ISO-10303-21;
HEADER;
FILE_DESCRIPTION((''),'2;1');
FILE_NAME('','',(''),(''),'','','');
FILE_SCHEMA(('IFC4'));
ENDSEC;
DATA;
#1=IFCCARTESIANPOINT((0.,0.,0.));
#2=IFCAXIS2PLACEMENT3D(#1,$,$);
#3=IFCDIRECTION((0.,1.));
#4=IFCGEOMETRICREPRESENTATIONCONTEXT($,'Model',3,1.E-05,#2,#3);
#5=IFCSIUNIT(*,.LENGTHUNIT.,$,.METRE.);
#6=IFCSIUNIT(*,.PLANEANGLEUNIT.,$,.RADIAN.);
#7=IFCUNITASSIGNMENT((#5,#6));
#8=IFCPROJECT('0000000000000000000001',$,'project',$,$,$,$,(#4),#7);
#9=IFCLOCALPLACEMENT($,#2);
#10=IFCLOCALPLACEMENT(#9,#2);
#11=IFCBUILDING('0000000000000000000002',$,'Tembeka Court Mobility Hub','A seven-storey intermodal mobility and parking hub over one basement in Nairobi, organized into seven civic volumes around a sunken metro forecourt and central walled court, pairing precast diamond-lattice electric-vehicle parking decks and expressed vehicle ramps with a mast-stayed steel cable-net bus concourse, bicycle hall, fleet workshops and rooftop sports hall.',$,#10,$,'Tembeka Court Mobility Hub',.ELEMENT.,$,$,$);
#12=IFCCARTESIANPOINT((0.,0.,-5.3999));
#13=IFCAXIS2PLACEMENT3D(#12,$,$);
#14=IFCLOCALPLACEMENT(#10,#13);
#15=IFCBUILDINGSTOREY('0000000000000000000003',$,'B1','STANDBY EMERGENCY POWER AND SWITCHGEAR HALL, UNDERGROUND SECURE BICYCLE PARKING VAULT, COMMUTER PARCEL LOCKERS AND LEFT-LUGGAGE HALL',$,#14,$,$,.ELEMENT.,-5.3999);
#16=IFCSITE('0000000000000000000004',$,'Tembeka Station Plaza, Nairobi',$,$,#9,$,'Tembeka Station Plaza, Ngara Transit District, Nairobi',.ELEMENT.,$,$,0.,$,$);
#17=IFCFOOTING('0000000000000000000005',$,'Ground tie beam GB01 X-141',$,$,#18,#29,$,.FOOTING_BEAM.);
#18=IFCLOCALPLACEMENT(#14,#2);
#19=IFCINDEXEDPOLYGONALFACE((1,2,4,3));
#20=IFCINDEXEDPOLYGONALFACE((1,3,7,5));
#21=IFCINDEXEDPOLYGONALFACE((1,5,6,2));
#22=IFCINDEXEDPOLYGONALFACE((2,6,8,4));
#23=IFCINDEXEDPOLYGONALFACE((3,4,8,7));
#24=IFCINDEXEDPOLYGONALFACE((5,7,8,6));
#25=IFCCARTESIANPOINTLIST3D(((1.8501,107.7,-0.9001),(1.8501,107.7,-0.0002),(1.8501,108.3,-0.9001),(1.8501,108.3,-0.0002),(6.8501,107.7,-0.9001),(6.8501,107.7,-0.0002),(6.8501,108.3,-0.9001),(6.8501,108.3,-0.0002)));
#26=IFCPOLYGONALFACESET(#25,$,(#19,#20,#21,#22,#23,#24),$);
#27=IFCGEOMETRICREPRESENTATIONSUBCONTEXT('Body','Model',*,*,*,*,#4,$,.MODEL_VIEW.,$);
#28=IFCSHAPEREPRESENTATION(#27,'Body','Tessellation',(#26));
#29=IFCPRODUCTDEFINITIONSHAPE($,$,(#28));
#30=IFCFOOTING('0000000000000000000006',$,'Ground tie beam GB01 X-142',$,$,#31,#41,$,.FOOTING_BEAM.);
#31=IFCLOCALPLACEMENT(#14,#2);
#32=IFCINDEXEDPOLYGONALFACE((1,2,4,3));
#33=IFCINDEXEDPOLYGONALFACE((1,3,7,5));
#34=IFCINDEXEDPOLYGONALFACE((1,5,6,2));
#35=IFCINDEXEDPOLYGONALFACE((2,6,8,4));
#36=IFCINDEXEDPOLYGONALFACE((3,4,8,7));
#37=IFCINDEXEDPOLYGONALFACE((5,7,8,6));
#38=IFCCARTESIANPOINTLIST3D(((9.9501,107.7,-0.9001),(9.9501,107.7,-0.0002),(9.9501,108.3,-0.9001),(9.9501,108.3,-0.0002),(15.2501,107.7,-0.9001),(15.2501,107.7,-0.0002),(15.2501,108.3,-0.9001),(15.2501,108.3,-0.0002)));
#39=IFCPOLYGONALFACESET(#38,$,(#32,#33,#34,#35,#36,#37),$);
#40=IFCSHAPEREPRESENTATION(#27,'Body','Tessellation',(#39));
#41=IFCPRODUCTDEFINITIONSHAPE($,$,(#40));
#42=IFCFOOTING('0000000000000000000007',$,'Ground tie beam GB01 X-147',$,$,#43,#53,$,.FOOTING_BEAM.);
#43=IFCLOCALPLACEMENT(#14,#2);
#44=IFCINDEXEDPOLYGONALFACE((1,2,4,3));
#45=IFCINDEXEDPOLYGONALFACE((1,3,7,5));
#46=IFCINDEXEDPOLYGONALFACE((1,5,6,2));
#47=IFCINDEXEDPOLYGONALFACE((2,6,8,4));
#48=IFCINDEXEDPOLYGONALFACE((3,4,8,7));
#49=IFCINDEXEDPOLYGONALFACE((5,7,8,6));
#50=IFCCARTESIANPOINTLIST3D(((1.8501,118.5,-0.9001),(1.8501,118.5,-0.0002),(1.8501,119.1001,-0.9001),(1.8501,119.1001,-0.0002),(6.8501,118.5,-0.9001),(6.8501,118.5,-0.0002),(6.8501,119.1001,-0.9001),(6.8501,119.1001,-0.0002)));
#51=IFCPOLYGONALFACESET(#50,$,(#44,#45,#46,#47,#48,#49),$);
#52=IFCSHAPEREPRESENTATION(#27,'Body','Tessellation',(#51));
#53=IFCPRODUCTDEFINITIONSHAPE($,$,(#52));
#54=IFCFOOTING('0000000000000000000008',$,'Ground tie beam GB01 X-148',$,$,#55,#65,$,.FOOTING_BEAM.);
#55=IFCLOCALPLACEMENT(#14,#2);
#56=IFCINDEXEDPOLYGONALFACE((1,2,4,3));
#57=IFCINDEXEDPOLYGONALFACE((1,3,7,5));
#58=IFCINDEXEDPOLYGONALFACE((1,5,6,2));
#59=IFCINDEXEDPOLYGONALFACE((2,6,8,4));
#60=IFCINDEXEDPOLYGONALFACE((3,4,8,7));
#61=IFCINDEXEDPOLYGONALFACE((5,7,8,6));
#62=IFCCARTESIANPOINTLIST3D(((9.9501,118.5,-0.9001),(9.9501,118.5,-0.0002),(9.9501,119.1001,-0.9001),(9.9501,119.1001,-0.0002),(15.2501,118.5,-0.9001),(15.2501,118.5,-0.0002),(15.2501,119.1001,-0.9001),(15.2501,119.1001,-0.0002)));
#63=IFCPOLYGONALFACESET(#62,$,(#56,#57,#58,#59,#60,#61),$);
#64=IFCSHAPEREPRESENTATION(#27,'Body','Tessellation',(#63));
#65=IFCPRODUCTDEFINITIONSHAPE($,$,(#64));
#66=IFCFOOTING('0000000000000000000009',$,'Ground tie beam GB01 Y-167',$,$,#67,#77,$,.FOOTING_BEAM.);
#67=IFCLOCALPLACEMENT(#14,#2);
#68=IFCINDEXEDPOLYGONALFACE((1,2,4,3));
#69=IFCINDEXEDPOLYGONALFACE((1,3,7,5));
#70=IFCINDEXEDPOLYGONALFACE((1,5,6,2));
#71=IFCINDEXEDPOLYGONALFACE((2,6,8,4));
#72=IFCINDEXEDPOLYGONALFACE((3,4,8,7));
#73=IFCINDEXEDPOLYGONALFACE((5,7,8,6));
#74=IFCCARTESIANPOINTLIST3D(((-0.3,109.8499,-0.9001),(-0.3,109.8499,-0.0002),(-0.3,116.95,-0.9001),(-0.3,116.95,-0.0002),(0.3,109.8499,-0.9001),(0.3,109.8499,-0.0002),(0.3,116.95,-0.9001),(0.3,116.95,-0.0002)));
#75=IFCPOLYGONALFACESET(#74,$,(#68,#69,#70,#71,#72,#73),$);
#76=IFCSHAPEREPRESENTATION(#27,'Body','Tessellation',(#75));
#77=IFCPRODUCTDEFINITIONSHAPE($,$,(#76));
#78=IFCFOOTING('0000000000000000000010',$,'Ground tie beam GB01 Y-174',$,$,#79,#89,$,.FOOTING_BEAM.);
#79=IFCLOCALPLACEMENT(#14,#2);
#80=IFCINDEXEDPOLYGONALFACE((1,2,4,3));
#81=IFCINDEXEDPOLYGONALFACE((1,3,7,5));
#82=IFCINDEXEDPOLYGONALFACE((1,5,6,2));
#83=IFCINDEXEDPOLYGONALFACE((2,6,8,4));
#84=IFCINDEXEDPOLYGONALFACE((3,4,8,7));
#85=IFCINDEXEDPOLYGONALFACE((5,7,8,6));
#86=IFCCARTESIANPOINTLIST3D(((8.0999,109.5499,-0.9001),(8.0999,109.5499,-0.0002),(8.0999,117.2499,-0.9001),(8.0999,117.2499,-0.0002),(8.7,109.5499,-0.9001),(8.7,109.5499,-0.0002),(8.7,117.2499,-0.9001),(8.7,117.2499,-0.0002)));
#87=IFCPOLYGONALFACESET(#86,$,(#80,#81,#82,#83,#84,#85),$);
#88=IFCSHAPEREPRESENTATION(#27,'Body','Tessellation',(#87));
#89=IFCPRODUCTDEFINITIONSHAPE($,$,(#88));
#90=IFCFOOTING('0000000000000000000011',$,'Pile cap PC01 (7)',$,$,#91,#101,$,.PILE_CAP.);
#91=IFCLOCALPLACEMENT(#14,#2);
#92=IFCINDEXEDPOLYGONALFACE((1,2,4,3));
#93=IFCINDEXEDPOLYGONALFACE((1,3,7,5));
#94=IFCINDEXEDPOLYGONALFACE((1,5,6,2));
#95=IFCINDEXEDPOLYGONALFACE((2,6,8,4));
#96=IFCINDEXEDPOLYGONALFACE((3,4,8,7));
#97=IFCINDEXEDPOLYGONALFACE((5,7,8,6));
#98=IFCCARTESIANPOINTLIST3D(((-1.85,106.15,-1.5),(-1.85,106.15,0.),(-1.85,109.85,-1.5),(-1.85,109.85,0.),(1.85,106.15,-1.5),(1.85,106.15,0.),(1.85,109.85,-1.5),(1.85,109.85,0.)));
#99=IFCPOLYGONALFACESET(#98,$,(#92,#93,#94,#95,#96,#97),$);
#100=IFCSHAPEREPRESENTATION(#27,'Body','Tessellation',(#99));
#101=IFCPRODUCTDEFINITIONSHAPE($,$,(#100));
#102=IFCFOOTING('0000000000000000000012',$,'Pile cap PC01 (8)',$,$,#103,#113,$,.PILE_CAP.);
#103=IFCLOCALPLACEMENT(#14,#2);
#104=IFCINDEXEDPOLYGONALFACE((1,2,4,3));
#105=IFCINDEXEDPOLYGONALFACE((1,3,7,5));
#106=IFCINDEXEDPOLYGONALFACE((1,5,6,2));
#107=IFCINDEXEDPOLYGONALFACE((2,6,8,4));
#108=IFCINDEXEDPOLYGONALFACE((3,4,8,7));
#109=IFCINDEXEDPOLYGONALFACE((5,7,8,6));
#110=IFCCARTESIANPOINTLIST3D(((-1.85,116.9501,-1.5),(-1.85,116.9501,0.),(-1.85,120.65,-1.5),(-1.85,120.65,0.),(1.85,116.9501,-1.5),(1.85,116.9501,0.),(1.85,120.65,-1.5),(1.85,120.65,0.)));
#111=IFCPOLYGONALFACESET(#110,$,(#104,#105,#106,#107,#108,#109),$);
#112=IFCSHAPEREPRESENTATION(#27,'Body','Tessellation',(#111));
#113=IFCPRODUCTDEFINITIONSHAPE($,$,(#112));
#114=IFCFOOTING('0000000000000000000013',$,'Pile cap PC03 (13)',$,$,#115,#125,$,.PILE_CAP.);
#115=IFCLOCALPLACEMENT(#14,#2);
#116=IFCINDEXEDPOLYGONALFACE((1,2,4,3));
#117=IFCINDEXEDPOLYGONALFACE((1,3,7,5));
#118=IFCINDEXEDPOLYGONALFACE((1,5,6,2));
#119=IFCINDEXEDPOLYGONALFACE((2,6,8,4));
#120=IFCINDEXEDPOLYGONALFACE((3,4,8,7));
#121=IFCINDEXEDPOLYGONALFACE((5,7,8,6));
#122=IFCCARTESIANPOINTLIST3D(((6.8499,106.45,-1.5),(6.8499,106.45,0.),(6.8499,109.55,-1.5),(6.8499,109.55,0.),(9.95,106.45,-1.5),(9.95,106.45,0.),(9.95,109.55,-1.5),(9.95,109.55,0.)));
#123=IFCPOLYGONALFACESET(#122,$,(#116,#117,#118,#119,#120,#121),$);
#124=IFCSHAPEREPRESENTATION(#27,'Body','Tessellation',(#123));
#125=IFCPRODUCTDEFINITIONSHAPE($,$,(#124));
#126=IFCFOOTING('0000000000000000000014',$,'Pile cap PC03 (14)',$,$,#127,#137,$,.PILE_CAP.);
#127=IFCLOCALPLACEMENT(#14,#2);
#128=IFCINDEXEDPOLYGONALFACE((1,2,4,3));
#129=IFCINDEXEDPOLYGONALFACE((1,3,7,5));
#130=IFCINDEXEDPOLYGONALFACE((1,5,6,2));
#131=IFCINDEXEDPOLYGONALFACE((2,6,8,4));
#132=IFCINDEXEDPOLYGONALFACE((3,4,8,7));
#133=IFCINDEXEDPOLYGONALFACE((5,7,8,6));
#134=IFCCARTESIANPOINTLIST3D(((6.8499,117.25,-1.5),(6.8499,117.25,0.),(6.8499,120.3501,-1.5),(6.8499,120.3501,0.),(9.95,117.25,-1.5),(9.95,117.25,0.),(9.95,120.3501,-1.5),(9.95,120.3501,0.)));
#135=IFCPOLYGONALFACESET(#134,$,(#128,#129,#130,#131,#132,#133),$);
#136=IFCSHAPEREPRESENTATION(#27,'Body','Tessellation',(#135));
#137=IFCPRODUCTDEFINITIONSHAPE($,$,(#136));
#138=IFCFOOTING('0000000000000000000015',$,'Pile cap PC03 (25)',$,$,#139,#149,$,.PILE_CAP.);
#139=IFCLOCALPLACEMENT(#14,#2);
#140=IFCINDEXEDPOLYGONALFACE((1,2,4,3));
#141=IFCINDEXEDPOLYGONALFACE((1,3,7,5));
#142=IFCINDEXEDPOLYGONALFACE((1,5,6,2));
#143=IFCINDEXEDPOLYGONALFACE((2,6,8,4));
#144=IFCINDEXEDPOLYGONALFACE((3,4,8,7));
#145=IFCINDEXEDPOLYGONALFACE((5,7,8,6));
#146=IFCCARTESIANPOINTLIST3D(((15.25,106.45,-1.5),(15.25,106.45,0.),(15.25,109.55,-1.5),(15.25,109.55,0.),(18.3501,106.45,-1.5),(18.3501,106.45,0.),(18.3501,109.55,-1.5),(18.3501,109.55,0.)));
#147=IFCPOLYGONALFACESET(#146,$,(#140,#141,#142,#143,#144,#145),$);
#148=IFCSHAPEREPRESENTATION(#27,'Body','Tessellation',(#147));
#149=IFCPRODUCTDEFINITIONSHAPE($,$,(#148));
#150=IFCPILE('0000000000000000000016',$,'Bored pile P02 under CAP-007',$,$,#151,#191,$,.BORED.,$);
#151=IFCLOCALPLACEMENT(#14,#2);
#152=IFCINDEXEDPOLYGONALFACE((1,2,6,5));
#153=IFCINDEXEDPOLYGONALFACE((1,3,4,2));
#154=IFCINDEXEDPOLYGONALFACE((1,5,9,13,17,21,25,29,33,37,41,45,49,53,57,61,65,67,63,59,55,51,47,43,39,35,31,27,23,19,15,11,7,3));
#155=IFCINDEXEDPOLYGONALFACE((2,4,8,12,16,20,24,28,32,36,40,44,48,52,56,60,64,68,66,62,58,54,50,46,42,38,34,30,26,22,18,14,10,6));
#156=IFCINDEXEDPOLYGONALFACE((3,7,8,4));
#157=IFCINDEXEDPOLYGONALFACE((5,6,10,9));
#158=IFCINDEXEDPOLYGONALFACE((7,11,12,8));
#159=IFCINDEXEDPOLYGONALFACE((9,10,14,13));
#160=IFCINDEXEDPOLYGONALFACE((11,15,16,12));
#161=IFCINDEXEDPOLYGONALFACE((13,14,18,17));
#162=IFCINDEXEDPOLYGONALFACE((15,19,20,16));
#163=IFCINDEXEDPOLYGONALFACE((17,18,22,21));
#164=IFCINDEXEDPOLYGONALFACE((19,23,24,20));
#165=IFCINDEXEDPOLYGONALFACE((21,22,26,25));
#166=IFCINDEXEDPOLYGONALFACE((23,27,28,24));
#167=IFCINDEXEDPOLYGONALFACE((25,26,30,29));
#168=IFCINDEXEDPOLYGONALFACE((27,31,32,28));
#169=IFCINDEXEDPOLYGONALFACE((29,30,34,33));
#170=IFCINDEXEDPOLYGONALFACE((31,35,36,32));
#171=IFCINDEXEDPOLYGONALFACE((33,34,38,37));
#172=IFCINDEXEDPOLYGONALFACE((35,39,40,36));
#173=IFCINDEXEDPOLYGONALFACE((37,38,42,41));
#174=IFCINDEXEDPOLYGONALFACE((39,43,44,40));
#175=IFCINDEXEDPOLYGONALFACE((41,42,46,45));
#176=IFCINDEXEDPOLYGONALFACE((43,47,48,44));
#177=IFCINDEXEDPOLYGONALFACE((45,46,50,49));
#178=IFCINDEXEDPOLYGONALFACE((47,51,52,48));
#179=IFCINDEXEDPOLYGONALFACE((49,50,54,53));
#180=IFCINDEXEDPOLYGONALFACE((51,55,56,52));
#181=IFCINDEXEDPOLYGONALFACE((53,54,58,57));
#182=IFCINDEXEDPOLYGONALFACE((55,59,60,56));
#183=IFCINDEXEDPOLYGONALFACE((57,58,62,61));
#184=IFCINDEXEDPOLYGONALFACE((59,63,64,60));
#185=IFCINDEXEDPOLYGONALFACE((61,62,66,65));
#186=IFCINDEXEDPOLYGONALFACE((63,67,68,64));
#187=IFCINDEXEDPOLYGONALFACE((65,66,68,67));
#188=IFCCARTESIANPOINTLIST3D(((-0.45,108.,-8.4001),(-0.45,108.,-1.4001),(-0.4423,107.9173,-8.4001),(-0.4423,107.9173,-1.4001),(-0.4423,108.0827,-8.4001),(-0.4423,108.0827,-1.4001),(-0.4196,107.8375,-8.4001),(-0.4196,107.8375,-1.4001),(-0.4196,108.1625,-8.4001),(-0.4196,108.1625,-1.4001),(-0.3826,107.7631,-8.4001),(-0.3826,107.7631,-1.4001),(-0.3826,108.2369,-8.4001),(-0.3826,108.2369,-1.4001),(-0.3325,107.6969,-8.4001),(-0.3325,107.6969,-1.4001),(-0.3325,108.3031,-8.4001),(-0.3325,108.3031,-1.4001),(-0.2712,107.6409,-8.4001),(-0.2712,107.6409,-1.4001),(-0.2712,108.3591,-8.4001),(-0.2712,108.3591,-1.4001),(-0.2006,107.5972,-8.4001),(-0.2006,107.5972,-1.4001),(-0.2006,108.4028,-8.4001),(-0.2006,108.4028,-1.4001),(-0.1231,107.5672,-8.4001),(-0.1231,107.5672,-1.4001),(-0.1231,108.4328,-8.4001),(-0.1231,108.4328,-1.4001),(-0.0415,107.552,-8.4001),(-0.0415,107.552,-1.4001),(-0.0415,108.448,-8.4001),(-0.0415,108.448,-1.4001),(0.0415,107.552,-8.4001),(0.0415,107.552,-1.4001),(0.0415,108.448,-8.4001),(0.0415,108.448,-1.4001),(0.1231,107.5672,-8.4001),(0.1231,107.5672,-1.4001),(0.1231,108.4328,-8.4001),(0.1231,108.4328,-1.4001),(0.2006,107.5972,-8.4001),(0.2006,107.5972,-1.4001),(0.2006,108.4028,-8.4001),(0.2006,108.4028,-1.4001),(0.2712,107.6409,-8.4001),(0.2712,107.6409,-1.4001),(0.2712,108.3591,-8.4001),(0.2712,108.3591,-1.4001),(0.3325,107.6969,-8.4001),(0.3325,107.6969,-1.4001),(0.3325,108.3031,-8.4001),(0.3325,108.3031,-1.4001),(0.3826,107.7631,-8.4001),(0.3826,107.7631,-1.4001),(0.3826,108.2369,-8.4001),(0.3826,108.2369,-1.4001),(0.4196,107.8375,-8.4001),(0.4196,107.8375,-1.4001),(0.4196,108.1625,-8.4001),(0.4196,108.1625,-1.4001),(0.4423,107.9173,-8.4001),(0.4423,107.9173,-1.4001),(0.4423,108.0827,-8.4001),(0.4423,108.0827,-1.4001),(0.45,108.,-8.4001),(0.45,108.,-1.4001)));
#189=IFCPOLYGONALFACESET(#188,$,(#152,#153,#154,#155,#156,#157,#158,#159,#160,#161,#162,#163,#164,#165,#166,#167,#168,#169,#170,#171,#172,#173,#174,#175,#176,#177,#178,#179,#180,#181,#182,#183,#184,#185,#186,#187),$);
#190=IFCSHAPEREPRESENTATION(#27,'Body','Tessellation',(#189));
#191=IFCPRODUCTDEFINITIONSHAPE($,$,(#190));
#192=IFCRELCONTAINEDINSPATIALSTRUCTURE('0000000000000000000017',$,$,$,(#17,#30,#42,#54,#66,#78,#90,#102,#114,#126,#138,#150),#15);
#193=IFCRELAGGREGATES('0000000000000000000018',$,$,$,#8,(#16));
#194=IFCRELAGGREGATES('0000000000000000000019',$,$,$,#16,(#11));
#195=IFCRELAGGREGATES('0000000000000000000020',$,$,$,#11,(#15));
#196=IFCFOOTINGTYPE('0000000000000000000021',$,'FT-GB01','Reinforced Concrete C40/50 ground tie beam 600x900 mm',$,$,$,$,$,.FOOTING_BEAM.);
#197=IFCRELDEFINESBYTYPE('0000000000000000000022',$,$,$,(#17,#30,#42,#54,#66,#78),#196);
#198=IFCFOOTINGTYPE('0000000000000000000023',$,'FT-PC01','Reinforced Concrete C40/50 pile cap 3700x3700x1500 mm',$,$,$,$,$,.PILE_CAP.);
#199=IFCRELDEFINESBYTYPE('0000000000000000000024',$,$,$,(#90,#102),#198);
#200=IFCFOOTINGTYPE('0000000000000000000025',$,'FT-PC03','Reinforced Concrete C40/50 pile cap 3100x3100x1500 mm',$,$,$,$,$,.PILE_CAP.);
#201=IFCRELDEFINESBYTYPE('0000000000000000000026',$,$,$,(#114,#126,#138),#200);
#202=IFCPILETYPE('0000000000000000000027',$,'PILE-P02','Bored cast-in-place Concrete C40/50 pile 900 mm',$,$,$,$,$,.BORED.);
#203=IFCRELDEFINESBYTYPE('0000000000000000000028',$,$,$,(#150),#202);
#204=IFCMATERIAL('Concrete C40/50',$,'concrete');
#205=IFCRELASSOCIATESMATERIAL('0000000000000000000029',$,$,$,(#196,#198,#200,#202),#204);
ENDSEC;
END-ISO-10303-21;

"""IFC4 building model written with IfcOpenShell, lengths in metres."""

from ifc_helpers import new_model, si_unit, direction, frame, origin, origin_2d, place, context, subcontext, project, spatial, rectangle, circle, extrude, material, material_profile, profile_set, type_object, element, save


model = new_model("IFC4")

# Units and contexts
model_context = context("Model", 3, precision=1e-05, world=origin(), true_north=direction((0.0, 1.0)))
body_context = subcontext(model_context, "Body", "Model", "MODEL_VIEW")
ifc_project = project(units=[si_unit("LENGTHUNIT", "METRE"), si_unit("PLANEANGLEUNIT", "RADIAN")], contexts=[model_context])

# Site, building, storey
site_placement = place(None, origin())
site = spatial("IfcSite", under=ifc_project, at=site_placement, Name="Tembeka Station Plaza, Nairobi", LongName="Tembeka Station Plaza, Ngara Transit District, Nairobi", CompositionType="ELEMENT", RefElevation=0.0)
building_placement = place(site_placement, origin())
building = spatial("IfcBuilding", under=site, at=building_placement, Name="Tembeka Court Mobility Hub", Description="A seven-storey intermodal mobility and parking hub over one basement in Nairobi, organized into seven civic volumes around a sunken metro forecourt and central walled court, pairing precast diamond-lattice electric-vehicle parking decks and expressed vehicle ramps with a mast-stayed steel cable-net bus concourse, bicycle hall, fleet workshops and rooftop sports hall.", LongName="Tembeka Court Mobility Hub", CompositionType="ELEMENT")
storey_placement = place(building_placement, frame((0.0, 0.0, -5.3999)))
storey = spatial("IfcBuildingStorey", under=building, at=storey_placement, Name="B1", Description="STANDBY EMERGENCY POWER AND SWITCHGEAR HALL, UNDERGROUND SECURE BICYCLE PARKING VAULT, COMMUTER PARCEL LOCKERS AND LEFT-LUGGAGE HALL", CompositionType="ELEMENT", Elevation=-5.3999)

# Footings
ifc_material_1 = material(Name="Concrete C40/50", Category="concrete")
footing_type_1 = type_object("IfcFootingType", Name="FT-GB01", Description="Reinforced Concrete C40/50 ground tie beam 600x900 mm", PredefinedType="FOOTING_BEAM", material=ifc_material_1)
footing_1_placement = place(storey_placement, frame((4.3501, 108.0, -0.9001), z_axis=(0.0, 0.0, 1.0), x_axis=(1.0, 0.0, 0.0)))
element("IfcFooting", 1, at=footing_1_placement, inside=storey, type_object=footing_type_1, Name="Ground tie beam GB01 X-141", PredefinedType="FOOTING_BEAM", context=body_context, shape_type="SweptSolid", body=[
    extrude(rectangle(XDim=5.0, YDim=0.6001, at=origin_2d()), origin(), (0.0, 0.0, 1.0), 0.8999),
])
footing_2_placement = place(storey_placement, frame((12.6001, 108.0, -0.9001), z_axis=(0.0, 0.0, 1.0), x_axis=(1.0, 0.0, 0.0)))
element("IfcFooting", 2, at=footing_2_placement, inside=storey, type_object=footing_type_1, Name="Ground tie beam GB01 X-142", PredefinedType="FOOTING_BEAM", context=body_context, shape_type="SweptSolid", body=[
    extrude(rectangle(XDim=5.3, YDim=0.6001, at=origin_2d()), origin(), (0.0, 0.0, 1.0), 0.8999),
])
footing_3_placement = place(storey_placement, frame((4.3501, 118.8, -0.9001), z_axis=(0.0, 0.0, 1.0), x_axis=(1.0, 0.0, 0.0)))
element("IfcFooting", 3, at=footing_3_placement, inside=storey, type_object=footing_type_1, Name="Ground tie beam GB01 X-147", PredefinedType="FOOTING_BEAM", context=body_context, shape_type="SweptSolid", body=[
    extrude(rectangle(XDim=5.0, YDim=0.6001, at=origin_2d()), origin(), (0.0, 0.0, 1.0), 0.8999),
])
footing_4_placement = place(storey_placement, frame((12.6001, 118.8, -0.9001), z_axis=(0.0, 0.0, 1.0), x_axis=(1.0, 0.0, 0.0)))
element("IfcFooting", 4, at=footing_4_placement, inside=storey, type_object=footing_type_1, Name="Ground tie beam GB01 X-148", PredefinedType="FOOTING_BEAM", context=body_context, shape_type="SweptSolid", body=[
    extrude(rectangle(XDim=5.3, YDim=0.6001, at=origin_2d()), origin(), (0.0, 0.0, 1.0), 0.8999),
])
footing_5_placement = place(storey_placement, frame((0.0, 113.3999, -0.9001), z_axis=(0.0, 0.0, 1.0), x_axis=(0.0, 1.0, 0.0)))
element("IfcFooting", 5, at=footing_5_placement, inside=storey, type_object=footing_type_1, Name="Ground tie beam GB01 Y-167", PredefinedType="FOOTING_BEAM", context=body_context, shape_type="SweptSolid", body=[
    extrude(rectangle(XDim=7.1001, YDim=0.6001, at=origin_2d()), origin(), (0.0, 0.0, 1.0), 0.8999),
])
footing_6_placement = place(storey_placement, frame((8.3999, 113.3999, -0.9001), z_axis=(0.0, 0.0, 1.0), x_axis=(0.0, 1.0, 0.0)))
element("IfcFooting", 6, at=footing_6_placement, inside=storey, type_object=footing_type_1, Name="Ground tie beam GB01 Y-174", PredefinedType="FOOTING_BEAM", context=body_context, shape_type="SweptSolid", body=[
    extrude(rectangle(XDim=7.7, YDim=0.6001, at=origin_2d()), origin(), (0.0, 0.0, 1.0), 0.8999),
])
footing_type_2 = type_object("IfcFootingType", Name="FT-PC01", Description="Reinforced Concrete C40/50 pile cap 3700x3700x1500 mm", PredefinedType="PILE_CAP", material=ifc_material_1)
for number, where, z_axis, x_axis, name in (
    (7, (0.0, 108.0, -1.5), (0.0, 0.0, 1.0), (1.0, 0.0, 0.0), "Pile cap PC01 (7)"),
    (8, (0.0, 118.8, -1.5), (0.0, 0.0, 1.0), (1.0, 0.0, 0.0), "Pile cap PC01 (8)"),
):
    element("IfcFooting", number, at=place(storey_placement, frame(where, z_axis=z_axis, x_axis=x_axis)), inside=storey, type_object=footing_type_2, Name=name, PredefinedType="PILE_CAP", context=body_context, shape_type="SweptSolid", body=[
        extrude(rectangle(XDim=3.7, YDim=3.7, at=origin_2d()), origin(), (0.0, 0.0, 1.0), 1.5),
    ])
footing_type_3 = type_object("IfcFootingType", Name="FT-PC03", Description="Reinforced Concrete C40/50 pile cap 3100x3100x1500 mm", PredefinedType="PILE_CAP", material=ifc_material_1)
for number, where, z_axis, x_axis, name in (
    (9, (8.3999, 108.0, -1.5), (0.0, 0.0, 1.0), (1.0, 0.0, 0.0), "Pile cap PC03 (13)"),
    (10, (8.3999, 118.8, -1.5), (0.0, 0.0, 1.0), (1.0, 0.0, 0.0), "Pile cap PC03 (14)"),
    (11, (16.8, 108.0, -1.5), (0.0, 0.0, 1.0), (1.0, 0.0, 0.0), "Pile cap PC03 (25)"),
):
    element("IfcFooting", number, at=place(storey_placement, frame(where, z_axis=z_axis, x_axis=x_axis)), inside=storey, type_object=footing_type_3, Name=name, PredefinedType="PILE_CAP", context=body_context, shape_type="SweptSolid", body=[
        extrude(rectangle(XDim=3.1001, YDim=3.1001, at=origin_2d()), origin(), (0.0, 0.0, 1.0), 1.5),
    ])

# Pile
ifc_material_profile_1 = material_profile(ifc_material_1, circle(Radius=0.45, at=origin_2d()), Name="PILE D900")
ifc_profile_set_1 = profile_set([ifc_material_profile_1], Name="Concrete C40/50")
pile_type = type_object("IfcPileType", Name="PILE-P02", Description="Bored cast-in-place Concrete C40/50 pile 900 mm", PredefinedType="BORED", material=ifc_profile_set_1)
for number, where, z_axis, x_axis, name in (
    (12, (0.0, 108.0, -1.4001), (0.0, 0.0, -1.0), (1.0, 0.0, 0.0), "Bored pile P02 under CAP-007"),
):
    element("IfcPile", number, at=place(storey_placement, frame(where, z_axis=z_axis, x_axis=x_axis)), inside=storey, type_object=pile_type, Name=name, PredefinedType="BORED", context=body_context, shape_type="SweptSolid", body=[
        extrude(circle(Radius=0.45, at=origin_2d()), origin(), (0.0, 0.0, 1.0), 7.0),
    ])

save(model, "model.ifc")
